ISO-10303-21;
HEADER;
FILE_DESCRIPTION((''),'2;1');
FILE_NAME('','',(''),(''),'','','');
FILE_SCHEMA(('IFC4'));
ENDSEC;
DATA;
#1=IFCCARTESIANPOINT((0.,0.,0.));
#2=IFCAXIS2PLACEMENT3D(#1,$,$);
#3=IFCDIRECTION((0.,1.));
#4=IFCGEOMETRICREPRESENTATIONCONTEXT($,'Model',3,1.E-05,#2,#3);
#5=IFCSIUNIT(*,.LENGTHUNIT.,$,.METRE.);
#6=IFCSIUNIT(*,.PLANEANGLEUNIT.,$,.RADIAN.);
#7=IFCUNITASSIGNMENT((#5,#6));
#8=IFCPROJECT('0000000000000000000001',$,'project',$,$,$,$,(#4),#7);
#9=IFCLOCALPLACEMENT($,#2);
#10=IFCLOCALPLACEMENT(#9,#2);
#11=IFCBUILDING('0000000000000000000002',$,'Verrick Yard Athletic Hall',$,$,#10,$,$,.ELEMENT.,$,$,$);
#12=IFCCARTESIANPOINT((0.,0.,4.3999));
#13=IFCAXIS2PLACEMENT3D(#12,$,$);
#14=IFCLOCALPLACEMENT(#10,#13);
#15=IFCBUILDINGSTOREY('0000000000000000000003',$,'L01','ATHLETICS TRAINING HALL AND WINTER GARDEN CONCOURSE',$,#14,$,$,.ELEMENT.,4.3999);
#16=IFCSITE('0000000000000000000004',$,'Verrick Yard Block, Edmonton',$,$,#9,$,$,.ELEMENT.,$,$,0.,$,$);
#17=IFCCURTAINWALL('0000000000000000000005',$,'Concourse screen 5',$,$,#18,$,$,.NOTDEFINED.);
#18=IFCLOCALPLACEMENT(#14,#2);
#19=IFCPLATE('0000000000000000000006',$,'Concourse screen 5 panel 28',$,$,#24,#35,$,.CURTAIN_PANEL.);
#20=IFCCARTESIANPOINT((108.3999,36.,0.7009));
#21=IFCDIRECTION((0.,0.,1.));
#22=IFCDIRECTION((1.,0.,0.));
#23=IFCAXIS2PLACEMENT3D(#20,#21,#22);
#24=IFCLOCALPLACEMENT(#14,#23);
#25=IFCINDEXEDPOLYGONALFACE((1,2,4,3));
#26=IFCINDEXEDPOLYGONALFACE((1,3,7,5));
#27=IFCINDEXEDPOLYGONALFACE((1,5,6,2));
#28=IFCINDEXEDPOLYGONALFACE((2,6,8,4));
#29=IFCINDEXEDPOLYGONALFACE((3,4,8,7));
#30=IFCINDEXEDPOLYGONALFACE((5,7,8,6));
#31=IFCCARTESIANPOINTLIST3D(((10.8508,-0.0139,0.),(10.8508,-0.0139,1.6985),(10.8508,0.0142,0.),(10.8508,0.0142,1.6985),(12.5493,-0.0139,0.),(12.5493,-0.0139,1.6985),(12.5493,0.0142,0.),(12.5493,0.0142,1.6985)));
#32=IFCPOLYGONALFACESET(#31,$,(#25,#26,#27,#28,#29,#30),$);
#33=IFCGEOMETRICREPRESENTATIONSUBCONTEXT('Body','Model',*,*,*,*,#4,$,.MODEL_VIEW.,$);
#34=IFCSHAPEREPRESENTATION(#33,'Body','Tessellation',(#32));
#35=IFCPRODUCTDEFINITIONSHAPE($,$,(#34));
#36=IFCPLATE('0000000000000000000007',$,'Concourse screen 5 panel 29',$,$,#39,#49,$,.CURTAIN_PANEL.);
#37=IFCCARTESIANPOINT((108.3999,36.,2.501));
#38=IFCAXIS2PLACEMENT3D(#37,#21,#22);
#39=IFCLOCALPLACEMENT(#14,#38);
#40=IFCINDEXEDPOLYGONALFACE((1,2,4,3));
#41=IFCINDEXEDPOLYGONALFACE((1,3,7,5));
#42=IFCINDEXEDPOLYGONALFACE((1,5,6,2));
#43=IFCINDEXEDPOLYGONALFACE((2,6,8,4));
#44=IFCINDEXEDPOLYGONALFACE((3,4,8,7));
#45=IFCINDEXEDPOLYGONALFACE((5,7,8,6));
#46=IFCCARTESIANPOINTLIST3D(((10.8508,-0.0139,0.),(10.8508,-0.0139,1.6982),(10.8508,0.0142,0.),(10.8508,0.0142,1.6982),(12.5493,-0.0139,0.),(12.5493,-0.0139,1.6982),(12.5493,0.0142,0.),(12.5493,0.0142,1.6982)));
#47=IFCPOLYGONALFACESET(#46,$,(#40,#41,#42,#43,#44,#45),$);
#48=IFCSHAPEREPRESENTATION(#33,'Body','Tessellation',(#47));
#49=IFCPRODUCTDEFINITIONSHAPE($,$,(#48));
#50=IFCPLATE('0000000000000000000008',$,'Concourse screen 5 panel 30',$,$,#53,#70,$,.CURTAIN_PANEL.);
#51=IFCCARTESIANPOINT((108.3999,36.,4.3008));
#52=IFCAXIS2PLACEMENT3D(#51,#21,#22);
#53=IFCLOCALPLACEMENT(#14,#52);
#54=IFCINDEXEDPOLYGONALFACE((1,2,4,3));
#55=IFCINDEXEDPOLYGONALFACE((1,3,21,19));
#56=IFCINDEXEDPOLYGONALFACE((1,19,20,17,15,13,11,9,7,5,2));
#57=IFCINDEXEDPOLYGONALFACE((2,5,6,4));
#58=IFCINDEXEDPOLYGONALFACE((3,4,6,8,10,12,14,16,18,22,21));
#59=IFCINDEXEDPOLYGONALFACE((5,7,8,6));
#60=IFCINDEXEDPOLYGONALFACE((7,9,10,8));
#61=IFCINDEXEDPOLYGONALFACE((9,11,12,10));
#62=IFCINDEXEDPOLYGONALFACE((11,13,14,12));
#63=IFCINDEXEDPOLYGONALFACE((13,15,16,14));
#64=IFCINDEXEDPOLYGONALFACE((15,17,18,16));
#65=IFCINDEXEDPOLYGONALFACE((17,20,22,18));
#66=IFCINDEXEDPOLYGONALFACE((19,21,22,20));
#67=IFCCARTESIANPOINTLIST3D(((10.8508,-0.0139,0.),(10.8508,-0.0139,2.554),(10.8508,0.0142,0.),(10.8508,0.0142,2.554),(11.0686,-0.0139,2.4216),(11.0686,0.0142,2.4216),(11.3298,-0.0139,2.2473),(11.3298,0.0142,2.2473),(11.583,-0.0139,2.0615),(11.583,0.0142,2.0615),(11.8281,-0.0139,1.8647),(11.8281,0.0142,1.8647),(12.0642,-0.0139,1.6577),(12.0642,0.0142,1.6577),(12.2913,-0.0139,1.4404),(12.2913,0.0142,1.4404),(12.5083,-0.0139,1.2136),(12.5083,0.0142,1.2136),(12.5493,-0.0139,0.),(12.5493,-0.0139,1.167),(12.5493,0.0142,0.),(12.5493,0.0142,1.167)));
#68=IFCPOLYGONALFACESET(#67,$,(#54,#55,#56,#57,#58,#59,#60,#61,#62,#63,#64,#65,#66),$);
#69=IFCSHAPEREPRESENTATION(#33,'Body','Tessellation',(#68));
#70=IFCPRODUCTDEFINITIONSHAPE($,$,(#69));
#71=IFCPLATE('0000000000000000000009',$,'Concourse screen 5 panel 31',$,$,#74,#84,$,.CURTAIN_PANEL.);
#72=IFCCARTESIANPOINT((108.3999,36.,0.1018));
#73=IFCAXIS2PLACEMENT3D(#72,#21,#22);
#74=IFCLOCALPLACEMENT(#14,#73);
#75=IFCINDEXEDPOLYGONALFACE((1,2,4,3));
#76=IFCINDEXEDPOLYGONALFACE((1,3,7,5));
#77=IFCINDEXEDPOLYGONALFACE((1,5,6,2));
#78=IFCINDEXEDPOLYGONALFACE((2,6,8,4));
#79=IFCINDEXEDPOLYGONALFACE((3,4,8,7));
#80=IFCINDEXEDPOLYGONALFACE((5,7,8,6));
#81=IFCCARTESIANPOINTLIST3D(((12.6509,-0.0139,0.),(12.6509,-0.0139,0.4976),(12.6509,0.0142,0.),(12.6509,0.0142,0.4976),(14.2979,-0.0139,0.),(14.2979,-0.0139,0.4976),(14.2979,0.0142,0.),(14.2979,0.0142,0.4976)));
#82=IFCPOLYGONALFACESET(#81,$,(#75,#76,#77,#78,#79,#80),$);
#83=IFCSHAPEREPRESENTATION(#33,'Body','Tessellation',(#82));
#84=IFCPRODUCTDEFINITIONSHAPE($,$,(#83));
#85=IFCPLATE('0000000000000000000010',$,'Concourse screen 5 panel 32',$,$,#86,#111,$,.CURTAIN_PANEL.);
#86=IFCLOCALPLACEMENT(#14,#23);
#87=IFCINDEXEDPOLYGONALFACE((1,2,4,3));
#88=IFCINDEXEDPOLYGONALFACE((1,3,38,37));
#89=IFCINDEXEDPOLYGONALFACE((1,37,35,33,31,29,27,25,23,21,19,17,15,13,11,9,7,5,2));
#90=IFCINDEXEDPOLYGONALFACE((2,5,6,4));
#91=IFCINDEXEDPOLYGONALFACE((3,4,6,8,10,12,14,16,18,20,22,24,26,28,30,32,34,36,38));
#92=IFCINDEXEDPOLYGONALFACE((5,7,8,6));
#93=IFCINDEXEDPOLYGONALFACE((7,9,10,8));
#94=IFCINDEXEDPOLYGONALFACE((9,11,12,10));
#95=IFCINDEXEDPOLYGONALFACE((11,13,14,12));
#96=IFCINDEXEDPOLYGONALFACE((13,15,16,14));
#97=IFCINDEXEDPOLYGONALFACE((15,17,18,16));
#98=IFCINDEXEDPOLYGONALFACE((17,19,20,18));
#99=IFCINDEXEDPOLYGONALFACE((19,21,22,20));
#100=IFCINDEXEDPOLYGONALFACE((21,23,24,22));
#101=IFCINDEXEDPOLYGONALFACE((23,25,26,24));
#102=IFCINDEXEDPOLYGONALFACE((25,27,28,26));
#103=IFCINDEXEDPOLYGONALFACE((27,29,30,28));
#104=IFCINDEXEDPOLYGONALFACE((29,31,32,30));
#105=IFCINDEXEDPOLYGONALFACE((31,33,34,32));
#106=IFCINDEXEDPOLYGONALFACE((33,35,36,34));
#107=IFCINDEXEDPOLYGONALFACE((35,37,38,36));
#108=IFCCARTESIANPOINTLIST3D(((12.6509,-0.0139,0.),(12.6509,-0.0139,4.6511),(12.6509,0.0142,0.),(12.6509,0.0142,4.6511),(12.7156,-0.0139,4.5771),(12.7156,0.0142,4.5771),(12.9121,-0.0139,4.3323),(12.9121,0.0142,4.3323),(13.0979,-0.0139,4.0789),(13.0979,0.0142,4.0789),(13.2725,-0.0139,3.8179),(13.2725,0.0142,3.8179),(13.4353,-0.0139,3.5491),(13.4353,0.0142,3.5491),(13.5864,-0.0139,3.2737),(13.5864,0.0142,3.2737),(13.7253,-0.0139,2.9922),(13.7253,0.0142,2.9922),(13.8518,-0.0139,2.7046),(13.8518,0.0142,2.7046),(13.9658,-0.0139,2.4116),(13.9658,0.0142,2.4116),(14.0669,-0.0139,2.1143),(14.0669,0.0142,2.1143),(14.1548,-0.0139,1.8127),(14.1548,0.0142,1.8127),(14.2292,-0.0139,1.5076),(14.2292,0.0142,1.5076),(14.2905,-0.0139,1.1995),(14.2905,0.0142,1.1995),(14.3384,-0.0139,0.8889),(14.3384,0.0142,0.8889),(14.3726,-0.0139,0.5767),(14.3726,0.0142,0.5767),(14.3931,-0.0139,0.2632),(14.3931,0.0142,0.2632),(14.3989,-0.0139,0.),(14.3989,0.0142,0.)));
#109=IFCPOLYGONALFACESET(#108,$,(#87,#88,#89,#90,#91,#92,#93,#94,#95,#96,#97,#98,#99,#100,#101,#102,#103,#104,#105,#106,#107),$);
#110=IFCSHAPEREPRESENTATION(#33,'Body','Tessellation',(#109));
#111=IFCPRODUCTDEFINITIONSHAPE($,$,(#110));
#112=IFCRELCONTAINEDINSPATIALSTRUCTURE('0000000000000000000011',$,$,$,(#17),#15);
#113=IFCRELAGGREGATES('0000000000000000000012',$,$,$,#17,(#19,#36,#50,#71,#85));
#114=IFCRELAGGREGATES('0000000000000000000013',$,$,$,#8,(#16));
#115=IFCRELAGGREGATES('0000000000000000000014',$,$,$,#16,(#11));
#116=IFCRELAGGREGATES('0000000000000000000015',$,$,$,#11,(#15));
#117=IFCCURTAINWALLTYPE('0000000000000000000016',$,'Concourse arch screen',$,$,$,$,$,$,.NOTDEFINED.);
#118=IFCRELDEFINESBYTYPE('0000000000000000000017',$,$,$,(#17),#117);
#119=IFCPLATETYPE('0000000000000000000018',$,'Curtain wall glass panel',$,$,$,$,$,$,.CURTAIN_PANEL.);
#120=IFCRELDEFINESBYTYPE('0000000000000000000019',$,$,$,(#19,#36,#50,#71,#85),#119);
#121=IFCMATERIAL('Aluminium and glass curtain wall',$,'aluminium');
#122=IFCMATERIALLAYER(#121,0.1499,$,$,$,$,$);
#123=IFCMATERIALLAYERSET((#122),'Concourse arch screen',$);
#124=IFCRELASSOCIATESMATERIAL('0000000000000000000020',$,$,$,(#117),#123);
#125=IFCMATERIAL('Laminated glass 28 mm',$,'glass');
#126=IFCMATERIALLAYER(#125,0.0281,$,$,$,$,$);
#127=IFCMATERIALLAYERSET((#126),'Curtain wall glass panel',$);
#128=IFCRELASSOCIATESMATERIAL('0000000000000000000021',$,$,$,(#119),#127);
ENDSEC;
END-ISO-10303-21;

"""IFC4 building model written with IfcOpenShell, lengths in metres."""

from ifc_helpers import new_model, si_unit, direction, frame, origin, place, context, subcontext, project, spatial, polyline, outline, extrude, material, layer, layer_set, type_object, element, aggregate, save


model = new_model("IFC4")

# Units and contexts
model_context = context("Model", 3, precision=1e-05, world=origin(), true_north=direction((0.0, 1.0)))
body_context = subcontext(model_context, "Body", "Model", "MODEL_VIEW")
ifc_project = project(units=[si_unit("LENGTHUNIT", "METRE"), si_unit("PLANEANGLEUNIT", "RADIAN")], contexts=[model_context])

# Site, building, storey
site_placement = place(None, origin())
site = spatial("IfcSite", under=ifc_project, at=site_placement, Name="Verrick Yard Block, Edmonton", CompositionType="ELEMENT", RefElevation=0.0)
building_placement = place(site_placement, origin())
building = spatial("IfcBuilding", under=site, at=building_placement, Name="Verrick Yard Athletic Hall", CompositionType="ELEMENT")
storey_placement = place(building_placement, frame((0.0, 0.0, 4.3999)))
storey = spatial("IfcBuildingStorey", under=building, at=storey_placement, Name="L01", Description="ATHLETICS TRAINING HALL AND WINTER GARDEN CONCOURSE", CompositionType="ELEMENT", Elevation=4.3999)

# Curtain wall, plates
ifc_material_1 = material(Name="Aluminium and glass curtain wall", Category="aluminium")
ifc_layer_1 = layer(ifc_material_1, 0.1499)
ifc_layer_set_1 = layer_set([ifc_layer_1], Name="Concourse arch screen")
curtain_wall_type = type_object("IfcCurtainWallType", Name="Concourse arch screen", PredefinedType="NOTDEFINED", material=ifc_layer_set_1)
curtain_wall_placement = place(storey_placement, origin())
curtain_wall = element("IfcCurtainWall", 1, at=curtain_wall_placement, inside=storey, type_object=curtain_wall_type, Name="Concourse screen 5", PredefinedType="NOTDEFINED")
ifc_material_2 = material(Name="Laminated glass 28 mm", Category="glass")
ifc_layer_2 = layer(ifc_material_2, 0.0281)
ifc_layer_set_2 = layer_set([ifc_layer_2], Name="Curtain wall glass panel")
plate_type = type_object("IfcPlateType", Name="Curtain wall glass panel", PredefinedType="CURTAIN_PANEL", material=ifc_layer_set_2)
plate_1_placement = place(storey_placement, frame((108.3999, 36.0, 0.7009), z_axis=(0.0, 0.0, 1.0), x_axis=(1.0, 0.0, 0.0)))
plate_1 = element("IfcPlate", 2, at=plate_1_placement, type_object=plate_type, Name="Concourse screen 5 panel 28", PredefinedType="CURTAIN_PANEL", context=body_context, shape_type="SweptSolid", body=[
    extrude(outline(polyline([(12.5493, 0.0), (12.5493, 1.6985), (10.8508, 1.6985), (10.8508, 0.0), (12.5493, 0.0)])), frame((0.0, 0.0142, 0.0), z_axis=(0.0, -1.0, 0.0), x_axis=(1.0, 0.0, 0.0)), (0.0, 0.0, 1.0), 0.0281),
])
plate_2_placement = place(storey_placement, frame((108.3999, 36.0, 2.501), z_axis=(0.0, 0.0, 1.0), x_axis=(1.0, 0.0, 0.0)))
plate_2 = element("IfcPlate", 3, at=plate_2_placement, type_object=plate_type, Name="Concourse screen 5 panel 29", PredefinedType="CURTAIN_PANEL", context=body_context, shape_type="SweptSolid", body=[
    extrude(outline(polyline([(12.5493, 0.0), (12.5493, 1.6982), (10.8508, 1.6982), (10.8508, 0.0), (12.5493, 0.0)])), frame((0.0, 0.0142, 0.0), z_axis=(0.0, -1.0, 0.0), x_axis=(1.0, 0.0, 0.0)), (0.0, 0.0, 1.0), 0.0281),
])
plate_3_placement = place(storey_placement, frame((108.3999, 36.0, 4.3008), z_axis=(0.0, 0.0, 1.0), x_axis=(1.0, 0.0, 0.0)))
plate_3 = element("IfcPlate", 4, at=plate_3_placement, type_object=plate_type, Name="Concourse screen 5 panel 30", PredefinedType="CURTAIN_PANEL", context=body_context, shape_type="SweptSolid", body=[
    extrude(outline(polyline([(12.5493, 1.167), (12.5083, 1.2136), (12.2913, 1.4404), (12.0642, 1.6577), (11.8281, 1.8647), (11.583, 2.0615), (11.3298, 2.2473), (11.0686, 2.4216), (10.8508, 2.554), (10.8508, 0.0), (12.5493, 0.0), (12.5493, 1.167)])), frame((0.0, 0.0142, 0.0), z_axis=(0.0, -1.0, 0.0), x_axis=(1.0, 0.0, 0.0)), (0.0, 0.0, 1.0), 0.0281),
])
plate_4_placement = place(storey_placement, frame((108.3999, 36.0, 0.1018), z_axis=(0.0, 0.0, 1.0), x_axis=(1.0, 0.0, 0.0)))
plate_4 = element("IfcPlate", 5, at=plate_4_placement, type_object=plate_type, Name="Concourse screen 5 panel 31", PredefinedType="CURTAIN_PANEL", context=body_context, shape_type="SweptSolid", body=[
    extrude(outline(polyline([(14.2979, 0.0), (14.2979, 0.4976), (12.6509, 0.4976), (12.6509, 0.0), (14.2979, 0.0)])), frame((0.0, 0.0142, 0.0), z_axis=(0.0, -1.0, 0.0), x_axis=(1.0, 0.0, 0.0)), (0.0, 0.0, 1.0), 0.0281),
])
plate_5_placement = place(storey_placement, frame((108.3999, 36.0, 0.7009), z_axis=(0.0, 0.0, 1.0), x_axis=(1.0, 0.0, 0.0)))
plate_5 = element("IfcPlate", 6, at=plate_5_placement, type_object=plate_type, Name="Concourse screen 5 panel 32", PredefinedType="CURTAIN_PANEL", context=body_context, shape_type="SweptSolid", body=[
    extrude(outline(polyline([(14.3989, 0.0), (14.3931, 0.2632), (14.3726, 0.5767), (14.3384, 0.8889), (14.2905, 1.1995), (14.2292, 1.5076), (14.1548, 1.8127), (14.0669, 2.1143), (13.9658, 2.4116), (13.8518, 2.7046), (13.7253, 2.9922), (13.5864, 3.2737), (13.4353, 3.5491), (13.2725, 3.8179), (13.0979, 4.0789), (12.9121, 4.3323), (12.7156, 4.5771), (12.6509, 4.6511), (12.6509, 0.0), (14.3989, 0.0)])), frame((0.0, 0.0142, 0.0), z_axis=(0.0, -1.0, 0.0), x_axis=(1.0, 0.0, 0.0)), (0.0, 0.0, 1.0), 0.0281),
])
aggregate(curtain_wall, [plate_1, plate_2, plate_3, plate_4, plate_5])

save(model, "model.ifc")
